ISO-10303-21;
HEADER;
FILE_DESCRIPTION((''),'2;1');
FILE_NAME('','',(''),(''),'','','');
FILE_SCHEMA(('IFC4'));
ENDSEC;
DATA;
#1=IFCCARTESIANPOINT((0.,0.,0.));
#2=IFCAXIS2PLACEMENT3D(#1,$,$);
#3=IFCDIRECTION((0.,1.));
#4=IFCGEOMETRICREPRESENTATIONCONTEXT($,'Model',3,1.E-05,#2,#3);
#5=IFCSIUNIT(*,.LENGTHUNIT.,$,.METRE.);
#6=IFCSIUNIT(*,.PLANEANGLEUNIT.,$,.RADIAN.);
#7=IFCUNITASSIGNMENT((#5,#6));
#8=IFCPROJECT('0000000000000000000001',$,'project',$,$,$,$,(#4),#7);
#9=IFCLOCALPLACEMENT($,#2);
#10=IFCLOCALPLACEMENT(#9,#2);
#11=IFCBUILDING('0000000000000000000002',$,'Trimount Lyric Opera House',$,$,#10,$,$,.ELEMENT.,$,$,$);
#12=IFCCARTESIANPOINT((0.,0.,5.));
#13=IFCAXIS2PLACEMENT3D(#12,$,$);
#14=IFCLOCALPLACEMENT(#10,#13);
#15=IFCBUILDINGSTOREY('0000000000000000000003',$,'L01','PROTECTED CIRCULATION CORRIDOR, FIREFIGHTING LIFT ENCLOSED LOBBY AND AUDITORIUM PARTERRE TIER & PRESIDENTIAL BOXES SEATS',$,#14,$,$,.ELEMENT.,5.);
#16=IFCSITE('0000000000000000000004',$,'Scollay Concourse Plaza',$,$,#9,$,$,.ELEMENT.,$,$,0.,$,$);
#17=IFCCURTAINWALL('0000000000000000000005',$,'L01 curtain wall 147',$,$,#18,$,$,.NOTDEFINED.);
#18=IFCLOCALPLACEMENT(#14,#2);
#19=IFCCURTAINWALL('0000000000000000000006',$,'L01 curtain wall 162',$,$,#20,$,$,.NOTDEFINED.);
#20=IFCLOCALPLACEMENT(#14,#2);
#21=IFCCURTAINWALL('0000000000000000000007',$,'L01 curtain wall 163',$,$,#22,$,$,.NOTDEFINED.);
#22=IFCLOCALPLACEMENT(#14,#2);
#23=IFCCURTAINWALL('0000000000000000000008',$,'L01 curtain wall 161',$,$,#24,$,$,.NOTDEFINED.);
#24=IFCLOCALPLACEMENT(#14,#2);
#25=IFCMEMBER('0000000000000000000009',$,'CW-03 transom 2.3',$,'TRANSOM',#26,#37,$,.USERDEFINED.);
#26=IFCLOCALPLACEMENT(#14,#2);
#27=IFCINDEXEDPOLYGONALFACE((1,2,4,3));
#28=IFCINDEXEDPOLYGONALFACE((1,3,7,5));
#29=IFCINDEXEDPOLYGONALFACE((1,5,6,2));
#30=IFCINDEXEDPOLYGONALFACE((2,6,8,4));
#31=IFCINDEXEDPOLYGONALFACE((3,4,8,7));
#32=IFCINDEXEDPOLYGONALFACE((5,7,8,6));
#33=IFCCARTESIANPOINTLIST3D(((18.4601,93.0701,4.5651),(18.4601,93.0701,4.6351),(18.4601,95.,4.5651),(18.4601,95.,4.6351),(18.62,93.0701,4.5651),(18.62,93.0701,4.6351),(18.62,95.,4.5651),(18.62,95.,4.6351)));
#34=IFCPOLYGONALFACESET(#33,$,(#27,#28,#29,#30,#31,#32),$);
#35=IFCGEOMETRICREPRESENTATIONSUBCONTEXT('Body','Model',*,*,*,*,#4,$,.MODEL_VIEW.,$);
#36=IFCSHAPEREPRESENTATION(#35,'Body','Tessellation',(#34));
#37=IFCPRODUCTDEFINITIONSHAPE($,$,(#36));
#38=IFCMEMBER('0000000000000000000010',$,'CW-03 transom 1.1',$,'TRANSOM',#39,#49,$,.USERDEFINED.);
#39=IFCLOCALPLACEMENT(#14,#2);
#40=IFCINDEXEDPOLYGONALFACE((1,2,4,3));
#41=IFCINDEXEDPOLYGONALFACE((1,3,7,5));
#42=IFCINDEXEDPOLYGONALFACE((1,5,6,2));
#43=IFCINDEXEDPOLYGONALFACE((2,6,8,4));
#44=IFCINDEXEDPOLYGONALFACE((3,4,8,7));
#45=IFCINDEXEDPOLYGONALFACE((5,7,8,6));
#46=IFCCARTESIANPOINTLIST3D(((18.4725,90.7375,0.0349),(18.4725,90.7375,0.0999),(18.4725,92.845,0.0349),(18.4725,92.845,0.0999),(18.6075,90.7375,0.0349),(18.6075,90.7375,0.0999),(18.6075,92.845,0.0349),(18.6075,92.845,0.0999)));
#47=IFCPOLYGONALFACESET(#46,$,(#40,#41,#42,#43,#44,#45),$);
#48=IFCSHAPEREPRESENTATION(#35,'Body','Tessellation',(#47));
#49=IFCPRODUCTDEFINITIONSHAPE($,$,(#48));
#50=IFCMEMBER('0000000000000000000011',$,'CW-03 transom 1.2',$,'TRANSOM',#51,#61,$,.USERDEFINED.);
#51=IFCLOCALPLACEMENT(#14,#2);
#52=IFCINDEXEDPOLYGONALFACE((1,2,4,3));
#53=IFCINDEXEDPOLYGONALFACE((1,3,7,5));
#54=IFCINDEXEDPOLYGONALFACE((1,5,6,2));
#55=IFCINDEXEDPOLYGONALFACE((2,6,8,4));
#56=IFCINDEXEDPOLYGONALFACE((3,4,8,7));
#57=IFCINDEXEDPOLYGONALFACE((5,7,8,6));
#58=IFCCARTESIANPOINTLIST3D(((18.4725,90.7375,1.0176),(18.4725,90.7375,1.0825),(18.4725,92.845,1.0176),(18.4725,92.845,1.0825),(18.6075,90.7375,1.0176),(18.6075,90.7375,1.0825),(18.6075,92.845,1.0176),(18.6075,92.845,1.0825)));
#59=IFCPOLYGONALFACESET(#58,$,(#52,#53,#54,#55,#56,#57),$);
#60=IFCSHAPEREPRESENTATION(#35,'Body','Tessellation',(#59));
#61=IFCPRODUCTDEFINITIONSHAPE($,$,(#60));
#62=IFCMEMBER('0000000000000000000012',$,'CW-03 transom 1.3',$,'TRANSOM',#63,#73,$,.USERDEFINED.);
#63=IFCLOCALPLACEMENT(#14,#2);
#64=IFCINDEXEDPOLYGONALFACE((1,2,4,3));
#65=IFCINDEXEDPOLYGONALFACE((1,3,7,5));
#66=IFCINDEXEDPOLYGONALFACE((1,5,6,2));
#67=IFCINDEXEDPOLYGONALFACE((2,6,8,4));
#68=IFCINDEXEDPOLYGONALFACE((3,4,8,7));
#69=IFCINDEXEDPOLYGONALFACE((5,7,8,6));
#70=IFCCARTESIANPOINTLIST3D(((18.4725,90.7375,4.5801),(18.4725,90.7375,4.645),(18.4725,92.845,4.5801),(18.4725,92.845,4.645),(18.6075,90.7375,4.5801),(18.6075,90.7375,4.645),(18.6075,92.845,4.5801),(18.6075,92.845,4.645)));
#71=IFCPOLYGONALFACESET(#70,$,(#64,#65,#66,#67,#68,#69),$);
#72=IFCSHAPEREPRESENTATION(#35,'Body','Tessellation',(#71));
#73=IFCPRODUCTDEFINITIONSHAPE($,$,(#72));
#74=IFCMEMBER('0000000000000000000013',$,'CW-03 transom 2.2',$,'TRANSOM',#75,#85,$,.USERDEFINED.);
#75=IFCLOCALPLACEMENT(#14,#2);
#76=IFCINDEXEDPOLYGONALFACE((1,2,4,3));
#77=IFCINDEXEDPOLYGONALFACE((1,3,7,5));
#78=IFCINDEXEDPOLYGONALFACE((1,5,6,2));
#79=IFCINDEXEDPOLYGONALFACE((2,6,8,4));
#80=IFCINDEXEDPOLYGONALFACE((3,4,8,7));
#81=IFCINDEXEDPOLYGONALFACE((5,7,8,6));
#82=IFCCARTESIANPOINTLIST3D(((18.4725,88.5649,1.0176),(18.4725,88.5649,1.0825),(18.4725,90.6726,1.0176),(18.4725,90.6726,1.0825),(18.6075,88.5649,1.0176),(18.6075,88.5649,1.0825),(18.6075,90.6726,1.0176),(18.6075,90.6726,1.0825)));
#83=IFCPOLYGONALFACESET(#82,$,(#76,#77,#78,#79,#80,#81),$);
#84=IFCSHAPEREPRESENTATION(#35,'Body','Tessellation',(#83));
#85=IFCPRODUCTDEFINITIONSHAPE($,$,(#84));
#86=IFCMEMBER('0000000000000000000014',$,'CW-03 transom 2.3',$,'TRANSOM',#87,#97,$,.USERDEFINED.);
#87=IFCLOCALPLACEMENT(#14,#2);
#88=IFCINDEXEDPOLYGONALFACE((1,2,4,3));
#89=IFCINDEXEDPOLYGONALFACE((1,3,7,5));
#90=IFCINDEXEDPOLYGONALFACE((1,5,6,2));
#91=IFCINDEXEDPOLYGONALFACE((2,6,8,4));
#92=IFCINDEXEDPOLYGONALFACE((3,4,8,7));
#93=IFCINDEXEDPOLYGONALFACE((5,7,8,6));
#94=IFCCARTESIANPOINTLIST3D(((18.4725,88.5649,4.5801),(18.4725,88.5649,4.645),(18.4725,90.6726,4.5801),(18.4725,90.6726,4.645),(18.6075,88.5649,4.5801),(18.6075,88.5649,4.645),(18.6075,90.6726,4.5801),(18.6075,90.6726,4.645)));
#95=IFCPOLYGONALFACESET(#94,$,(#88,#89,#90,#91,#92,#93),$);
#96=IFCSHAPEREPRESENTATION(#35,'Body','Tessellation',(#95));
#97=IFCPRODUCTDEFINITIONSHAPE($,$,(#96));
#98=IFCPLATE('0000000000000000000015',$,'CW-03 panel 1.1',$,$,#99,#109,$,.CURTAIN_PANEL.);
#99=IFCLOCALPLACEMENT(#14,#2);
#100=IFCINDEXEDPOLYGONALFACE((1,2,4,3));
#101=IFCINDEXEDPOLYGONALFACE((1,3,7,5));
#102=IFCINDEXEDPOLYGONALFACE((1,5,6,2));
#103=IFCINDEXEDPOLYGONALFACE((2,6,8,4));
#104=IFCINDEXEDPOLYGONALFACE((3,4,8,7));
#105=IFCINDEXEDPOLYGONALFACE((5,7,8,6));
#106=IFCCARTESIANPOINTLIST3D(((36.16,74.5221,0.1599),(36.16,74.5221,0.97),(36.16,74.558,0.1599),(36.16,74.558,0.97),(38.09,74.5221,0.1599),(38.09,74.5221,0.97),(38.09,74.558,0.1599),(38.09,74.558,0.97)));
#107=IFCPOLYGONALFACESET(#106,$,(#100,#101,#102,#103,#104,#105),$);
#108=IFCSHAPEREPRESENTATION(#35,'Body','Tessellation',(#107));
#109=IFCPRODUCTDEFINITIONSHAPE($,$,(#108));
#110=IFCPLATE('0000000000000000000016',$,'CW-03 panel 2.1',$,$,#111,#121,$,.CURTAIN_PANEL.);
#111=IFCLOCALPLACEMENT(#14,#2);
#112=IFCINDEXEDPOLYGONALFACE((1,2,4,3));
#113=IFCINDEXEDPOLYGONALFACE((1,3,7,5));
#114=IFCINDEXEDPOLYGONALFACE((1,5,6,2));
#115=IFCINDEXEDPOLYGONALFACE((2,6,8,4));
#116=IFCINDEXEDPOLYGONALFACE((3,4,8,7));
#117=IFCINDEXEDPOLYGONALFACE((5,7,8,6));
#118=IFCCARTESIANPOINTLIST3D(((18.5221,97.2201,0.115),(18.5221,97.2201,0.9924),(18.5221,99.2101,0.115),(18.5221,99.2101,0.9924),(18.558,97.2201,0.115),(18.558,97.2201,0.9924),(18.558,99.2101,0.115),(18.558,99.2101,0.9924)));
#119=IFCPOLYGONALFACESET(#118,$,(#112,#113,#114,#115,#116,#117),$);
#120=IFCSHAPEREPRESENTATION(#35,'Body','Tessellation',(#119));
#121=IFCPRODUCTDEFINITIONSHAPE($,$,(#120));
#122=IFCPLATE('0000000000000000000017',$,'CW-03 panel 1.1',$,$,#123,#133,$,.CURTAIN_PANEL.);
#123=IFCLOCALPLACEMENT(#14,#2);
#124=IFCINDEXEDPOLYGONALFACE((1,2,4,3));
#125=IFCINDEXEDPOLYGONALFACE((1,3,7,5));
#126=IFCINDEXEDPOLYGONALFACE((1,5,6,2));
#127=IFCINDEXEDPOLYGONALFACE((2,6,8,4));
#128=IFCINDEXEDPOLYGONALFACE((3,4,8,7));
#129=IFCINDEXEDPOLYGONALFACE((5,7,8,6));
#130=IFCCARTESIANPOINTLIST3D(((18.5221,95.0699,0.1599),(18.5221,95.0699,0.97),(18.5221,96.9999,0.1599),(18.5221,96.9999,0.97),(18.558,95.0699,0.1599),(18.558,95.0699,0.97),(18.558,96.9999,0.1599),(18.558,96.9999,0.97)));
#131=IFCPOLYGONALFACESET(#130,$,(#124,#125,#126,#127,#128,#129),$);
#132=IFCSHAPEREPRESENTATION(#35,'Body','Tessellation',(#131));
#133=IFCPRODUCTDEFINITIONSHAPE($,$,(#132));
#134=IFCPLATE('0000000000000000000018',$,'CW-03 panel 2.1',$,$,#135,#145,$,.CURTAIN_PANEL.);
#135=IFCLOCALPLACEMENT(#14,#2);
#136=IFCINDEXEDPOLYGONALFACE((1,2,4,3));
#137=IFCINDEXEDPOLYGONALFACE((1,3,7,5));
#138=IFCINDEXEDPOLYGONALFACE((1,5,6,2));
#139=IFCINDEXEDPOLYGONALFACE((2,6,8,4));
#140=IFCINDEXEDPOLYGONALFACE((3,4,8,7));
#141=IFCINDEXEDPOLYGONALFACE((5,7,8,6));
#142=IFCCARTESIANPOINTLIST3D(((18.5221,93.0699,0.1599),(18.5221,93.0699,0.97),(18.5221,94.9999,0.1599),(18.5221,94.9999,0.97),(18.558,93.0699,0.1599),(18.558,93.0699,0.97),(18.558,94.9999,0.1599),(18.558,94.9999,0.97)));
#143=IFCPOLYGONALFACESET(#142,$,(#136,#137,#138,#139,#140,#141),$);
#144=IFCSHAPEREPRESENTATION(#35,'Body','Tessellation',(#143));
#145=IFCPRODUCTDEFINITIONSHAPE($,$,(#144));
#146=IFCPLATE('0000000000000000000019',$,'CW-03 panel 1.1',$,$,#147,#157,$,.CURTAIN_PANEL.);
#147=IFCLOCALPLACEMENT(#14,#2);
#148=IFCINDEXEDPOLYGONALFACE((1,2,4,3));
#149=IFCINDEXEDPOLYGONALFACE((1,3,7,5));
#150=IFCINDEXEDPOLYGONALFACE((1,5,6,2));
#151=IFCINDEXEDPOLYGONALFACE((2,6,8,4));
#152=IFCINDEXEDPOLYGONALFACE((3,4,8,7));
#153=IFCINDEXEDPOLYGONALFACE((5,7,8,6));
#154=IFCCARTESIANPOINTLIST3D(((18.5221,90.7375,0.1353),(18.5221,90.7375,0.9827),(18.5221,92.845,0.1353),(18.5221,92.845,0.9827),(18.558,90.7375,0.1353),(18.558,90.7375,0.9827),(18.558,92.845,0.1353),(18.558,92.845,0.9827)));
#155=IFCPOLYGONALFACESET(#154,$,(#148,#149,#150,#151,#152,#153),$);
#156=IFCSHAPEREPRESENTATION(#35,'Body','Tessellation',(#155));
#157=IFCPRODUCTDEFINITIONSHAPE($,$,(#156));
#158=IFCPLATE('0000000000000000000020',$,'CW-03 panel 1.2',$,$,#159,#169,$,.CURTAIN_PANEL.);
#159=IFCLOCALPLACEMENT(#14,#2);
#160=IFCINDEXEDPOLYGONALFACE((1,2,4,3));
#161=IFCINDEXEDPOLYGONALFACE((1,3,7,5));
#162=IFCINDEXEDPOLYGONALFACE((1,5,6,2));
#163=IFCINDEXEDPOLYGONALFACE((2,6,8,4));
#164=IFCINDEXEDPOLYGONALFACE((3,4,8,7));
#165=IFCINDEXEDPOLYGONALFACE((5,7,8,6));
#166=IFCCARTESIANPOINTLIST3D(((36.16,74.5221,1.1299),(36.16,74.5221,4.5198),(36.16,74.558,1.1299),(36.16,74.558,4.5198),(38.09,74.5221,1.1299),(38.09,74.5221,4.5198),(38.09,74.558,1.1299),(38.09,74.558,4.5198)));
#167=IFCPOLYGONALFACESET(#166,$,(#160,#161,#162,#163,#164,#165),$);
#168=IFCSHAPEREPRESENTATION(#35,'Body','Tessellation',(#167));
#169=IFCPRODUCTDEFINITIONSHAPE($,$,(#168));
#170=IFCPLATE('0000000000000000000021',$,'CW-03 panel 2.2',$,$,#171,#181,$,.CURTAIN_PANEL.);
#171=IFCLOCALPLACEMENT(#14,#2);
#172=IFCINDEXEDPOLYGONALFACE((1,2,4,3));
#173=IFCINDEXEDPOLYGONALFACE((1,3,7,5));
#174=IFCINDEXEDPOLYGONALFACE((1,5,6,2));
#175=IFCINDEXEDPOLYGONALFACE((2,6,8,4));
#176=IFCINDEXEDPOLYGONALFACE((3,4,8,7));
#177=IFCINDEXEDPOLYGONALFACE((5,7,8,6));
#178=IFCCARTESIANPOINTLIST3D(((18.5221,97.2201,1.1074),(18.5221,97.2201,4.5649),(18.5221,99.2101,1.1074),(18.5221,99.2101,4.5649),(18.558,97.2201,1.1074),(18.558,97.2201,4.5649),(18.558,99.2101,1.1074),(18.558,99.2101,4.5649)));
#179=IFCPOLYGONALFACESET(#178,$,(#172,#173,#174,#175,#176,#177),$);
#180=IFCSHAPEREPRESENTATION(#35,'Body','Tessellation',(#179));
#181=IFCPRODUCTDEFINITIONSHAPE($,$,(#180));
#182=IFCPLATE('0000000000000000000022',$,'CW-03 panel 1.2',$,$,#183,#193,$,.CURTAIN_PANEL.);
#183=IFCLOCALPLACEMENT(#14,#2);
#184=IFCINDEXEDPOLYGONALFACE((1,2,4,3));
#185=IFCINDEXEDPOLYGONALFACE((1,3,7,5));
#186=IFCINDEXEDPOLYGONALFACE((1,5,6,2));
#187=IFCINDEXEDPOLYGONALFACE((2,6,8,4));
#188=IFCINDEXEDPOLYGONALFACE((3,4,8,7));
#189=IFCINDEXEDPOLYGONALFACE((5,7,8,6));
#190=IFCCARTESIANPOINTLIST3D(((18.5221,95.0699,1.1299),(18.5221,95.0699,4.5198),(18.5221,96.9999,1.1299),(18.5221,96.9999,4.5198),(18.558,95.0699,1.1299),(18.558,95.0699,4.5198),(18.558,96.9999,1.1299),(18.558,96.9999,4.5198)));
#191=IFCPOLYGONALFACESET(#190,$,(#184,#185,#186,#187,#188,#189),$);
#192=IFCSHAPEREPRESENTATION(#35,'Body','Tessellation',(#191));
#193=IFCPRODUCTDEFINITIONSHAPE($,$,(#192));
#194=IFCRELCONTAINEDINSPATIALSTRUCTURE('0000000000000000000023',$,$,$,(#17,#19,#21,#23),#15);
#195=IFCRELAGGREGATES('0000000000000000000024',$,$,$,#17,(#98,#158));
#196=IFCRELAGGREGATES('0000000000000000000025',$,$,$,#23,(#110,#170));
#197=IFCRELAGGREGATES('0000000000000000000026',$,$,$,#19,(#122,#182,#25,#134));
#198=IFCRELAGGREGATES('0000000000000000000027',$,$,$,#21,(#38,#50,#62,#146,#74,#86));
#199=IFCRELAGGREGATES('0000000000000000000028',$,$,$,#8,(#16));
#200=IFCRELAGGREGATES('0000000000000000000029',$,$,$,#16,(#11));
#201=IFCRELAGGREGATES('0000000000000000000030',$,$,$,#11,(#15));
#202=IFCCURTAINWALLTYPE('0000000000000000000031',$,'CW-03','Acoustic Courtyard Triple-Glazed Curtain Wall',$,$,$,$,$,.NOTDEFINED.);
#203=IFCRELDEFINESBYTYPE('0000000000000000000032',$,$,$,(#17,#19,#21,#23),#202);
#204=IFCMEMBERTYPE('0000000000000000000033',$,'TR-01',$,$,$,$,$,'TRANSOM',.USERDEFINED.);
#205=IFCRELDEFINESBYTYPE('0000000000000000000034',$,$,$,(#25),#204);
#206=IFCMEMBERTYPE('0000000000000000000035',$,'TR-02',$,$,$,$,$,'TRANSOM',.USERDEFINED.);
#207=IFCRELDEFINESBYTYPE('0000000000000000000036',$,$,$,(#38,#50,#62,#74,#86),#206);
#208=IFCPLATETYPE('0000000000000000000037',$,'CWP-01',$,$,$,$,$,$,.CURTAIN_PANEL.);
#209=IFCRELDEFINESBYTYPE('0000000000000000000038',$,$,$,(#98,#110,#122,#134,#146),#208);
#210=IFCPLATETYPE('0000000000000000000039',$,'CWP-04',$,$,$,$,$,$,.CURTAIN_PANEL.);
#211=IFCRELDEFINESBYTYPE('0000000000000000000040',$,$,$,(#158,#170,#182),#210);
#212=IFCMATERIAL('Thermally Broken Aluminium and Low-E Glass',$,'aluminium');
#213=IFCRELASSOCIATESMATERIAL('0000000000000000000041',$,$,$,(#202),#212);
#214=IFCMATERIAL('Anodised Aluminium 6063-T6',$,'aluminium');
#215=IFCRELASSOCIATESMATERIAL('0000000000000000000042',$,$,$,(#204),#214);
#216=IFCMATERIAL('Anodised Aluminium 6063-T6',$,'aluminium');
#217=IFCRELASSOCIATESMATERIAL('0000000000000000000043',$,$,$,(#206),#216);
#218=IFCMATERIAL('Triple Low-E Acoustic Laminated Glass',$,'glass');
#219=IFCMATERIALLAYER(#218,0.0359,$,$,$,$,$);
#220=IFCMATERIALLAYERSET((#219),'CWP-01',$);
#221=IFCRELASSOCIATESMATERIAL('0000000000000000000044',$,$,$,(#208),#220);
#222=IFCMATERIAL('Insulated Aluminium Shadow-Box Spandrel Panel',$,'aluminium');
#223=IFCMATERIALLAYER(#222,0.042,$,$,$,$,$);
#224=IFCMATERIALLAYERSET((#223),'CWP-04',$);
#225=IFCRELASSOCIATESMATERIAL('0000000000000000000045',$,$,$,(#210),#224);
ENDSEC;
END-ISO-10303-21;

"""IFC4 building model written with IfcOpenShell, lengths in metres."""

from ifc_helpers import new_model, si_unit, direction, frame, origin, origin_2d, place, context, subcontext, project, spatial, rectangle, extrude, material, layer, layer_set, material_profile, profile_set, type_object, element, aggregate, save


model = new_model("IFC4")

# Units and contexts
model_context = context("Model", 3, precision=1e-05, world=origin(), true_north=direction((0.0, 1.0)))
body_context = subcontext(model_context, "Body", "Model", "MODEL_VIEW")
ifc_project = project(units=[si_unit("LENGTHUNIT", "METRE"), si_unit("PLANEANGLEUNIT", "RADIAN")], contexts=[model_context])

# Site, building, storey
site_placement = place(None, origin())
site = spatial("IfcSite", under=ifc_project, at=site_placement, Name="Scollay Concourse Plaza", CompositionType="ELEMENT", RefElevation=0.0)
building_placement = place(site_placement, origin())
building = spatial("IfcBuilding", under=site, at=building_placement, Name="Trimount Lyric Opera House", CompositionType="ELEMENT")
storey_placement = place(building_placement, frame((0.0, 0.0, 5.0)))
storey = spatial("IfcBuildingStorey", under=building, at=storey_placement, Name="L01", Description="PROTECTED CIRCULATION CORRIDOR, FIREFIGHTING LIFT ENCLOSED LOBBY AND AUDITORIUM PARTERRE TIER & PRESIDENTIAL BOXES SEATS", CompositionType="ELEMENT", Elevation=5.0)

# Curtain wall
ifc_material_1 = material(Name="Thermally Broken Aluminium and Low-E Glass", Category="aluminium")
curtain_wall_type = type_object("IfcCurtainWallType", Name="CW-03", Description="Acoustic Courtyard Triple-Glazed Curtain Wall", PredefinedType="NOTDEFINED", material=ifc_material_1)
curtain_wall_1_placement = place(storey_placement, origin())
curtain_wall_1 = element("IfcCurtainWall", 1, at=curtain_wall_1_placement, inside=storey, type_object=curtain_wall_type, Name="L01 curtain wall 147", PredefinedType="NOTDEFINED")

# Curtain walls
curtain_wall_2_placement = place(storey_placement, origin())
curtain_wall_2 = element("IfcCurtainWall", 2, at=curtain_wall_2_placement, inside=storey, type_object=curtain_wall_type, Name="L01 curtain wall 162", PredefinedType="NOTDEFINED")
curtain_wall_3_placement = place(storey_placement, origin())
curtain_wall_3 = element("IfcCurtainWall", 3, at=curtain_wall_3_placement, inside=storey, type_object=curtain_wall_type, Name="L01 curtain wall 163", PredefinedType="NOTDEFINED")

# Curtain wall
curtain_wall_4_placement = place(storey_placement, origin())
curtain_wall_4 = element("IfcCurtainWall", 4, at=curtain_wall_4_placement, inside=storey, type_object=curtain_wall_type, Name="L01 curtain wall 161", PredefinedType="NOTDEFINED")

# Members
ifc_material_2 = material(Name="Anodised Aluminium 6063-T6", Category="aluminium")
ifc_material_profile_1 = material_profile(ifc_material_2, rectangle(XDim=0.1599, YDim=0.0701, at=origin_2d()), Name="ALU-TRAN-70X160")
ifc_profile_set_1 = profile_set([ifc_material_profile_1], Name="Anodised Aluminium 6063-T6")
member_type_1 = type_object("IfcMemberType", Name="TR-01", ElementType="TRANSOM", PredefinedType="USERDEFINED", material=ifc_profile_set_1)
member_1_placement = place(storey_placement, frame((18.54, 95.0, 4.6001), z_axis=(0.0, -1.0, 0.0), x_axis=(1.0, 0.0, 0.0)))
member_1 = element("IfcMember", 5, at=member_1_placement, type_object=member_type_1, Name="CW-03 transom 2.3", ObjectType="TRANSOM", PredefinedType="USERDEFINED", context=body_context, shape_type="SweptSolid", body=[
    extrude(rectangle(XDim=0.1599, YDim=0.0701, at=origin_2d()), origin(), (0.0, 0.0, 1.0), 1.9299),
])
ifc_material_3 = material(Name="Anodised Aluminium 6063-T6", Category="aluminium")
ifc_material_profile_2 = material_profile(ifc_material_3, rectangle(XDim=0.135, YDim=0.0649, at=origin_2d()), Name="ALU-TRAN-65X135")
ifc_profile_set_2 = profile_set([ifc_material_profile_2], Name="Anodised Aluminium 6063-T6")
member_type_2 = type_object("IfcMemberType", Name="TR-02", ElementType="TRANSOM", PredefinedType="USERDEFINED", material=ifc_profile_set_2)
member_2_placement = place(storey_placement, frame((18.54, 92.845, 0.0674), z_axis=(0.0, -1.0, 0.0), x_axis=(1.0, 0.0, 0.0)))
member_2 = element("IfcMember", 6, at=member_2_placement, type_object=member_type_2, Name="CW-03 transom 1.1", ObjectType="TRANSOM", PredefinedType="USERDEFINED", context=body_context, shape_type="SweptSolid", body=[
    extrude(rectangle(XDim=0.135, YDim=0.0649, at=origin_2d()), origin(), (0.0, 0.0, 1.0), 2.1074),
])
member_3_placement = place(storey_placement, frame((18.54, 92.845, 1.05), z_axis=(0.0, -1.0, 0.0), x_axis=(1.0, 0.0, 0.0)))
member_3 = element("IfcMember", 7, at=member_3_placement, type_object=member_type_2, Name="CW-03 transom 1.2", ObjectType="TRANSOM", PredefinedType="USERDEFINED", context=body_context, shape_type="SweptSolid", body=[
    extrude(rectangle(XDim=0.135, YDim=0.0649, at=origin_2d()), origin(), (0.0, 0.0, 1.0), 2.1074),
])
member_4_placement = place(storey_placement, frame((18.54, 92.845, 4.6125), z_axis=(0.0, -1.0, 0.0), x_axis=(1.0, 0.0, 0.0)))
member_4 = element("IfcMember", 8, at=member_4_placement, type_object=member_type_2, Name="CW-03 transom 1.3", ObjectType="TRANSOM", PredefinedType="USERDEFINED", context=body_context, shape_type="SweptSolid", body=[
    extrude(rectangle(XDim=0.135, YDim=0.0649, at=origin_2d()), origin(), (0.0, 0.0, 1.0), 2.1074),
])
member_5_placement = place(storey_placement, frame((18.54, 90.6726, 1.05), z_axis=(0.0, -1.0, 0.0), x_axis=(1.0, 0.0, 0.0)))
member_5 = element("IfcMember", 9, at=member_5_placement, type_object=member_type_2, Name="CW-03 transom 2.2", ObjectType="TRANSOM", PredefinedType="USERDEFINED", context=body_context, shape_type="SweptSolid", body=[
    extrude(rectangle(XDim=0.135, YDim=0.0649, at=origin_2d()), origin(), (0.0, 0.0, 1.0), 2.1077),
])
member_6_placement = place(storey_placement, frame((18.54, 90.6726, 4.6125), z_axis=(0.0, -1.0, 0.0), x_axis=(1.0, 0.0, 0.0)))
member_6 = element("IfcMember", 10, at=member_6_placement, type_object=member_type_2, Name="CW-03 transom 2.3", ObjectType="TRANSOM", PredefinedType="USERDEFINED", context=body_context, shape_type="SweptSolid", body=[
    extrude(rectangle(XDim=0.135, YDim=0.0649, at=origin_2d()), origin(), (0.0, 0.0, 1.0), 2.1077),
])

# Plates
ifc_material_4 = material(Name="Triple Low-E Acoustic Laminated Glass", Category="glass")
ifc_layer_1 = layer(ifc_material_4, 0.0359)
ifc_layer_set_1 = layer_set([ifc_layer_1], Name="CWP-01")
plate_type_1 = type_object("IfcPlateType", Name="CWP-01", PredefinedType="CURTAIN_PANEL", material=ifc_layer_set_1)
plate_1_placement = place(storey_placement, frame((37.125, 74.54, 0.1599), z_axis=(0.0, 0.0, 1.0), x_axis=(1.0, 0.0, 0.0)))
plate_1 = element("IfcPlate", 11, at=plate_1_placement, type_object=plate_type_1, Name="CW-03 panel 1.1", PredefinedType="CURTAIN_PANEL", context=body_context, shape_type="SweptSolid", body=[
    extrude(rectangle(XDim=1.9299, YDim=0.0359, at=origin_2d()), origin(), (0.0, 0.0, 1.0), 0.8101),
])
plate_2_placement = place(storey_placement, frame((18.54, 98.2151, 0.115), z_axis=(0.0, 0.0, 1.0), x_axis=(0.0, -1.0, 0.0)))
plate_2 = element("IfcPlate", 12, at=plate_2_placement, type_object=plate_type_1, Name="CW-03 panel 2.1", PredefinedType="CURTAIN_PANEL", context=body_context, shape_type="SweptSolid", body=[
    extrude(rectangle(XDim=1.99, YDim=0.0359, at=origin_2d()), origin(), (0.0, 0.0, 1.0), 0.8774),
])
plate_3_placement = place(storey_placement, frame((18.54, 96.0349, 0.1599), z_axis=(0.0, 0.0, 1.0), x_axis=(0.0, -1.0, 0.0)))
plate_3 = element("IfcPlate", 13, at=plate_3_placement, type_object=plate_type_1, Name="CW-03 panel 1.1", PredefinedType="CURTAIN_PANEL", context=body_context, shape_type="SweptSolid", body=[
    extrude(rectangle(XDim=1.9299, YDim=0.0359, at=origin_2d()), origin(), (0.0, 0.0, 1.0), 0.8101),
])
plate_4_placement = place(storey_placement, frame((18.54, 94.0349, 0.1599), z_axis=(0.0, 0.0, 1.0), x_axis=(0.0, -1.0, 0.0)))
plate_4 = element("IfcPlate", 14, at=plate_4_placement, type_object=plate_type_1, Name="CW-03 panel 2.1", PredefinedType="CURTAIN_PANEL", context=body_context, shape_type="SweptSolid", body=[
    extrude(rectangle(XDim=1.9299, YDim=0.0359, at=origin_2d()), origin(), (0.0, 0.0, 1.0), 0.8101),
])
plate_5_placement = place(storey_placement, frame((18.54, 91.7913, 0.1353), z_axis=(0.0, 0.0, 1.0), x_axis=(0.0, -1.0, 0.0)))
plate_5 = element("IfcPlate", 15, at=plate_5_placement, type_object=plate_type_1, Name="CW-03 panel 1.1", PredefinedType="CURTAIN_PANEL", context=body_context, shape_type="SweptSolid", body=[
    extrude(rectangle(XDim=2.1074, YDim=0.0359, at=origin_2d()), origin(), (0.0, 0.0, 1.0), 0.8474),
])
ifc_material_5 = material(Name="Insulated Aluminium Shadow-Box Spandrel Panel", Category="aluminium")
ifc_layer_2 = layer(ifc_material_5, 0.042)
ifc_layer_set_2 = layer_set([ifc_layer_2], Name="CWP-04")
plate_type_2 = type_object("IfcPlateType", Name="CWP-04", PredefinedType="CURTAIN_PANEL", material=ifc_layer_set_2)
plate_6_placement = place(storey_placement, frame((37.125, 74.54, 1.1299), z_axis=(0.0, 0.0, 1.0), x_axis=(1.0, 0.0, 0.0)))
plate_6 = element("IfcPlate", 16, at=plate_6_placement, type_object=plate_type_2, Name="CW-03 panel 1.2", PredefinedType="CURTAIN_PANEL", context=body_context, shape_type="SweptSolid", body=[
    extrude(rectangle(XDim=1.9299, YDim=0.0359, at=origin_2d()), origin(), (0.0, 0.0, 1.0), 3.3899),
])
aggregate(curtain_wall_1, [plate_1, plate_6])
plate_7_placement = place(storey_placement, frame((18.54, 98.2151, 1.1074), z_axis=(0.0, 0.0, 1.0), x_axis=(0.0, -1.0, 0.0)))
plate_7 = element("IfcPlate", 17, at=plate_7_placement, type_object=plate_type_2, Name="CW-03 panel 2.2", PredefinedType="CURTAIN_PANEL", context=body_context, shape_type="SweptSolid", body=[
    extrude(rectangle(XDim=1.99, YDim=0.0359, at=origin_2d()), origin(), (0.0, 0.0, 1.0), 3.4575),
])
aggregate(curtain_wall_4, [plate_2, plate_7])
plate_8_placement = place(storey_placement, frame((18.54, 96.0349, 1.1299), z_axis=(0.0, 0.0, 1.0), x_axis=(0.0, -1.0, 0.0)))
plate_8 = element("IfcPlate", 18, at=plate_8_placement, type_object=plate_type_2, Name="CW-03 panel 1.2", PredefinedType="CURTAIN_PANEL", context=body_context, shape_type="SweptSolid", body=[
    extrude(rectangle(XDim=1.9299, YDim=0.0359, at=origin_2d()), origin(), (0.0, 0.0, 1.0), 3.3899),
])
aggregate(curtain_wall_2, [plate_3, plate_8, member_1, plate_4])
aggregate(curtain_wall_3, [member_2, member_3, member_4, plate_5, member_5, member_6])

save(model, "model.ifc")
